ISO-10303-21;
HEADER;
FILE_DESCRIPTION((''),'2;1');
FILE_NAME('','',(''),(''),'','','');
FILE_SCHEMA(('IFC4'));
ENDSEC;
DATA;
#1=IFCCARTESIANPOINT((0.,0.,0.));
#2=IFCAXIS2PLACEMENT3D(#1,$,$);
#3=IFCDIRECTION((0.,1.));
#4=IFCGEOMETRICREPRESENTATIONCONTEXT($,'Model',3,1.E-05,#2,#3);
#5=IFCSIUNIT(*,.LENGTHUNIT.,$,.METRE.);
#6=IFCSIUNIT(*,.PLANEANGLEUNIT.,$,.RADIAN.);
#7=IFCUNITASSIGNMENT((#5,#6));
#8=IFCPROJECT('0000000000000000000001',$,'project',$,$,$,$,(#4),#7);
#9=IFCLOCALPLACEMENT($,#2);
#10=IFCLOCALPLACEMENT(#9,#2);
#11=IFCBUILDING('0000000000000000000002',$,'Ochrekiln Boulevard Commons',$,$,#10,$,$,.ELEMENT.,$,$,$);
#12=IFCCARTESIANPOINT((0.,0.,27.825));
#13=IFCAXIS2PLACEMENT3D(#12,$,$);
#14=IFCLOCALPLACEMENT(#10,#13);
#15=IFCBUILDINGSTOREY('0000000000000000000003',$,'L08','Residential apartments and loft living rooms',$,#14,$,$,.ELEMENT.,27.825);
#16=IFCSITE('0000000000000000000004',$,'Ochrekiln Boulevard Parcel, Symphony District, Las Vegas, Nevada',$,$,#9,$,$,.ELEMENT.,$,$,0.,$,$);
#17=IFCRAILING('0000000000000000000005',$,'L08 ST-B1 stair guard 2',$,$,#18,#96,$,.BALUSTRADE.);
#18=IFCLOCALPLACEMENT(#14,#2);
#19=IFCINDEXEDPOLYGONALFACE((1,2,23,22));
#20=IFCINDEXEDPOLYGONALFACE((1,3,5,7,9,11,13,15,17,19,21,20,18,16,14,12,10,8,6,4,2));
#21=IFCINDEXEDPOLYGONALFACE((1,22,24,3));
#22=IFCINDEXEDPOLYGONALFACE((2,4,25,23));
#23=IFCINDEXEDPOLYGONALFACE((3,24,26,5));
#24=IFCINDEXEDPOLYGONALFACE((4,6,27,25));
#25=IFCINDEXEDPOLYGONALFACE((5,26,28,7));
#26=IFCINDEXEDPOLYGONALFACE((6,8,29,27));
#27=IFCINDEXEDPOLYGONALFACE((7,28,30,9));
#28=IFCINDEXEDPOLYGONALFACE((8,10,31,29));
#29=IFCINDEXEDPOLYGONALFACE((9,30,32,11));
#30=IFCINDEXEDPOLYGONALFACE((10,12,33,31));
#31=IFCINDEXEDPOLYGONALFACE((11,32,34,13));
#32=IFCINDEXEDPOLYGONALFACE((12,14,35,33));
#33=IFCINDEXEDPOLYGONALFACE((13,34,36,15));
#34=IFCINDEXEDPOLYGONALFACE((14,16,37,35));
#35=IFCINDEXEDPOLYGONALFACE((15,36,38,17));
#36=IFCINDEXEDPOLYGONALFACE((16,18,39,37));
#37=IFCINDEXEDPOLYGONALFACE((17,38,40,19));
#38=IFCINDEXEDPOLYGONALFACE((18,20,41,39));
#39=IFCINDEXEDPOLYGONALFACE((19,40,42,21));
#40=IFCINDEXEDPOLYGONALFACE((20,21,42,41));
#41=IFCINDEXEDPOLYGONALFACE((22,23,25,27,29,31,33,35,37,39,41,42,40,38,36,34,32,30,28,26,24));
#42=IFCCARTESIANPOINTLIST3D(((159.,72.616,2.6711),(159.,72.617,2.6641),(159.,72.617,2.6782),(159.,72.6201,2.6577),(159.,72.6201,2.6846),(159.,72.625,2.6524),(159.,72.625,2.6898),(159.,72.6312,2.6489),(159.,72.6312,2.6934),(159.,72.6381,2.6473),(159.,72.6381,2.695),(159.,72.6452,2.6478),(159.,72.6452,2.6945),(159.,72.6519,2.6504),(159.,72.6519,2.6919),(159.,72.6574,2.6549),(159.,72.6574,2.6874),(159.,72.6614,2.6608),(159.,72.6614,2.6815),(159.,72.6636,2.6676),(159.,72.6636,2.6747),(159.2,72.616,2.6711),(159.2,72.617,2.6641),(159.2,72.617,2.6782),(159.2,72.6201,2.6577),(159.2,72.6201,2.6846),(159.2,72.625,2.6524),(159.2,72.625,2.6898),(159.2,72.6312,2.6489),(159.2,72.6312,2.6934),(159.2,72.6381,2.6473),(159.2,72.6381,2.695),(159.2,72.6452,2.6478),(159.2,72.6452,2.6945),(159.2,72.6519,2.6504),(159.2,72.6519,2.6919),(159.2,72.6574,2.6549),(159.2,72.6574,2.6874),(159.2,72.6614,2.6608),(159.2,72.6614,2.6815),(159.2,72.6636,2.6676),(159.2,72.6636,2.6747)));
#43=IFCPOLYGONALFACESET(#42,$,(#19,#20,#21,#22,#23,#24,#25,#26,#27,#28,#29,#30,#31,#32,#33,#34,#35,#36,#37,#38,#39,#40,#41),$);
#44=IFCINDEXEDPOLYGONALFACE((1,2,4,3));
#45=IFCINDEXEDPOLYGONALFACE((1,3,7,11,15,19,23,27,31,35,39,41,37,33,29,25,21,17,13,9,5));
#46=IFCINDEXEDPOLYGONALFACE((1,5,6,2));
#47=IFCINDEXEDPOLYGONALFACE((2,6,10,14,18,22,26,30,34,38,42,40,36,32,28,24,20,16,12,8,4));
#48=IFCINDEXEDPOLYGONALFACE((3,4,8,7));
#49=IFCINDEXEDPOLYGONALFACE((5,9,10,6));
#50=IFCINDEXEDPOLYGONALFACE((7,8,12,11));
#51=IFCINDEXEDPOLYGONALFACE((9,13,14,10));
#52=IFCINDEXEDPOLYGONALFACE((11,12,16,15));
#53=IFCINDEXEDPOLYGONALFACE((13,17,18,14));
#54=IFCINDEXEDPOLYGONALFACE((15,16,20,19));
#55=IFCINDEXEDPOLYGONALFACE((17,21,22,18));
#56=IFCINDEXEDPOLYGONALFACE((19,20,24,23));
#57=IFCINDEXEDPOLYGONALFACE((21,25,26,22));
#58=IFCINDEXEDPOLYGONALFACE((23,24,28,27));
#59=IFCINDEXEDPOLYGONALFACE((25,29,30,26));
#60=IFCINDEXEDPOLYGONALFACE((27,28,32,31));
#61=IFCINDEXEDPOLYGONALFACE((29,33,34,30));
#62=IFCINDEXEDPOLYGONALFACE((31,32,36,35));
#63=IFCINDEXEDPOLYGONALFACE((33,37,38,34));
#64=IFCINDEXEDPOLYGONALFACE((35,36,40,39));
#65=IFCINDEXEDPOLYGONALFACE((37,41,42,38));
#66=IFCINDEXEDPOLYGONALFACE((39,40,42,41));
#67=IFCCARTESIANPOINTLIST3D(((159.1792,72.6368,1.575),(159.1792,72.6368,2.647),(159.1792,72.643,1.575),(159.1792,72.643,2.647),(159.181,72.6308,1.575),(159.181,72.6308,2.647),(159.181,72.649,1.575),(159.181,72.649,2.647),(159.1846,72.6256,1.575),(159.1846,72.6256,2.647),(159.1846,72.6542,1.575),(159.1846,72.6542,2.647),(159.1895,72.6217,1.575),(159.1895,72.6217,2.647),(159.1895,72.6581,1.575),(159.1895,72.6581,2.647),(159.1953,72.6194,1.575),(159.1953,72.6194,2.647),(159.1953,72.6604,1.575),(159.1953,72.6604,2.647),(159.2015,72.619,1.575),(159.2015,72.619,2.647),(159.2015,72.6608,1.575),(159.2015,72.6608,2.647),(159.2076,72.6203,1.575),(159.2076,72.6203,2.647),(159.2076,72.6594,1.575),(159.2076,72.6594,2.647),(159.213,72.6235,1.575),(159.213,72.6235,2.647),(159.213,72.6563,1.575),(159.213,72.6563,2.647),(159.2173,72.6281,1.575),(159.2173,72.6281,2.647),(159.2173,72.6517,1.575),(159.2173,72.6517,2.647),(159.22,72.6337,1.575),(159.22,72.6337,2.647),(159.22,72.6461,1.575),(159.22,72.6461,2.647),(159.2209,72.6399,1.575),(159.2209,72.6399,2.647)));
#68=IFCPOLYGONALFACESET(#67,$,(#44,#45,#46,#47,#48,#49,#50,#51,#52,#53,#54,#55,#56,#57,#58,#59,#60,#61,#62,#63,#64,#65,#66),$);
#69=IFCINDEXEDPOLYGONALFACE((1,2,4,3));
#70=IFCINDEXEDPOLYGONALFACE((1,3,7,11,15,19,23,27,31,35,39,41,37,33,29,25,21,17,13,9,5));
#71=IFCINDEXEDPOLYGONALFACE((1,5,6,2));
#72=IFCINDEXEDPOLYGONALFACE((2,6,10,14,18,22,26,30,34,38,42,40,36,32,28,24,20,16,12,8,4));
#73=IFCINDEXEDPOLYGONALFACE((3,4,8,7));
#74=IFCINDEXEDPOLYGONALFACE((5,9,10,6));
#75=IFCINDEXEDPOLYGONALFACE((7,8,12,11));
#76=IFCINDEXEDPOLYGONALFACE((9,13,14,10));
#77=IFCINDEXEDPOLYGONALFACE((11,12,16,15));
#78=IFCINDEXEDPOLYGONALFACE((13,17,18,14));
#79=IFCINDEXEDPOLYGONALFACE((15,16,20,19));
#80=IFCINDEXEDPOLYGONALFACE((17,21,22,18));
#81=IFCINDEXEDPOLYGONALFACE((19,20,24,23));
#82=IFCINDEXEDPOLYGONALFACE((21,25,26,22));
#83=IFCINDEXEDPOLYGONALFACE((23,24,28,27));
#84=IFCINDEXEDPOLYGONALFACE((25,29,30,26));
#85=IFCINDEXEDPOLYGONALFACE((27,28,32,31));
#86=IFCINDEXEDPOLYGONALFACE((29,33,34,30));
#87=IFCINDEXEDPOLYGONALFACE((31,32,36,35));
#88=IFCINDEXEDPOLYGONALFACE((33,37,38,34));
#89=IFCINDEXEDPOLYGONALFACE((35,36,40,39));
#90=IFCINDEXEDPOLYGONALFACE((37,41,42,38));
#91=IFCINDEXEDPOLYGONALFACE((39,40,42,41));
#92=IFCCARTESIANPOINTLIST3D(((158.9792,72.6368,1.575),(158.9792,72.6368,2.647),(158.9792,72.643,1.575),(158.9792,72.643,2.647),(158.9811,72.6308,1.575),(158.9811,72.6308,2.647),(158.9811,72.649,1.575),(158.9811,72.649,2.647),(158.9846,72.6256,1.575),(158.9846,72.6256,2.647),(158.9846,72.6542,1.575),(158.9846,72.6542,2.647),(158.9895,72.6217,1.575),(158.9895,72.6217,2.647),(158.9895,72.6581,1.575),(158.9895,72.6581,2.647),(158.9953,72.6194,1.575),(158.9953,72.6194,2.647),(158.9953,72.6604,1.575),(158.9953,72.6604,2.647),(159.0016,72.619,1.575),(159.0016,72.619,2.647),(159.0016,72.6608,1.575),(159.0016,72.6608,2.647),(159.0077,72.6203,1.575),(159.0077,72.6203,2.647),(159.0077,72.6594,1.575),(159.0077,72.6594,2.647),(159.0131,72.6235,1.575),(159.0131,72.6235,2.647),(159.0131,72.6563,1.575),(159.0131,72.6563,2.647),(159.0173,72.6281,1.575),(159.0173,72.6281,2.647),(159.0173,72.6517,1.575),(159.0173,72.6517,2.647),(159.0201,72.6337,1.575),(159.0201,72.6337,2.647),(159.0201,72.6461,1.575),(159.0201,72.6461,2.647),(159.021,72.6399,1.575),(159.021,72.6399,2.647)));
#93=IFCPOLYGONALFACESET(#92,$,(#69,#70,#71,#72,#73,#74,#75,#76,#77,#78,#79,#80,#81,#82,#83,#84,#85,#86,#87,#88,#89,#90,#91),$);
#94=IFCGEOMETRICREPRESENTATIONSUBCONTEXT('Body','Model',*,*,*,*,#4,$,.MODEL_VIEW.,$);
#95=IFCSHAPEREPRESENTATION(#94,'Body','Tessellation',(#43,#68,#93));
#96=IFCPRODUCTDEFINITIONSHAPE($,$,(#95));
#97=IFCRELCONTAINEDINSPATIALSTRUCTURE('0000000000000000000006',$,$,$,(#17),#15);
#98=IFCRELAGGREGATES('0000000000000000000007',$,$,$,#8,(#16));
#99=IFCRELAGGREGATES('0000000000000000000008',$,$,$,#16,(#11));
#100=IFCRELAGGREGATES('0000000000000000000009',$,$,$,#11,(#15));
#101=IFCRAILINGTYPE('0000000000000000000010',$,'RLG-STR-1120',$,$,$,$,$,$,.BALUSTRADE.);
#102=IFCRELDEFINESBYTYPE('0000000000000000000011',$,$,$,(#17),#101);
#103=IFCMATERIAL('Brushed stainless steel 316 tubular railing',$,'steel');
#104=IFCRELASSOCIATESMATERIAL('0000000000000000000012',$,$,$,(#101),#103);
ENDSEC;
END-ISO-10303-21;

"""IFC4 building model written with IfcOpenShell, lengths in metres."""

from ifc_helpers import new_model, si_unit, direction, frame, origin, origin_2d, place, context, subcontext, project, spatial, circle, extrude, material, type_object, element, save


model = new_model("IFC4")

# Units and contexts
model_context = context("Model", 3, precision=1e-05, world=origin(), true_north=direction((0.0, 1.0)))
body_context = subcontext(model_context, "Body", "Model", "MODEL_VIEW")
ifc_project = project(units=[si_unit("LENGTHUNIT", "METRE"), si_unit("PLANEANGLEUNIT", "RADIAN")], contexts=[model_context])

# Site, building, storey
site_placement = place(None, origin())
site = spatial("IfcSite", under=ifc_project, at=site_placement, Name="Ochrekiln Boulevard Parcel, Symphony District, Las Vegas, Nevada", CompositionType="ELEMENT", RefElevation=0.0)
building_placement = place(site_placement, origin())
building = spatial("IfcBuilding", under=site, at=building_placement, Name="Ochrekiln Boulevard Commons", CompositionType="ELEMENT")
storey_placement = place(building_placement, frame((0.0, 0.0, 27.825)))
storey = spatial("IfcBuildingStorey", under=building, at=storey_placement, Name="L08", Description="Residential apartments and loft living rooms", CompositionType="ELEMENT", Elevation=27.825)

# Railing
ifc_material_1 = material(Name="Brushed stainless steel 316 tubular railing", Category="steel")
railing_type_1 = type_object("IfcRailingType", Name="RLG-STR-1120", PredefinedType="BALUSTRADE", material=ifc_material_1)
railing_1_placement = place(storey_placement, frame((159.2, 72.6399, 1.575)))
element("IfcRailing", 1, at=railing_1_placement, inside=storey, type_object=railing_type_1, Name="L08 ST-B1 stair guard 2", PredefinedType="BALUSTRADE", context=body_context, shape_type="SweptSolid", body=[
    extrude(circle(Radius=0.0239, at=origin_2d()), frame((0.0, 0.0, 1.0962), z_axis=(-1.0, 0.0, 0.0), x_axis=(0.0, -1.0, 0.0)), (0.0, 0.0, 1.0), 0.2),
    extrude(circle(Radius=0.021, at=origin_2d()), origin(), (0.0, 0.0, 1.0), 1.072),
    extrude(circle(Radius=0.021, at=origin_2d()), frame((-0.2, 0.0, 0.0)), (0.0, 0.0, 1.0), 1.072),
])

save(model, "model.ifc")
